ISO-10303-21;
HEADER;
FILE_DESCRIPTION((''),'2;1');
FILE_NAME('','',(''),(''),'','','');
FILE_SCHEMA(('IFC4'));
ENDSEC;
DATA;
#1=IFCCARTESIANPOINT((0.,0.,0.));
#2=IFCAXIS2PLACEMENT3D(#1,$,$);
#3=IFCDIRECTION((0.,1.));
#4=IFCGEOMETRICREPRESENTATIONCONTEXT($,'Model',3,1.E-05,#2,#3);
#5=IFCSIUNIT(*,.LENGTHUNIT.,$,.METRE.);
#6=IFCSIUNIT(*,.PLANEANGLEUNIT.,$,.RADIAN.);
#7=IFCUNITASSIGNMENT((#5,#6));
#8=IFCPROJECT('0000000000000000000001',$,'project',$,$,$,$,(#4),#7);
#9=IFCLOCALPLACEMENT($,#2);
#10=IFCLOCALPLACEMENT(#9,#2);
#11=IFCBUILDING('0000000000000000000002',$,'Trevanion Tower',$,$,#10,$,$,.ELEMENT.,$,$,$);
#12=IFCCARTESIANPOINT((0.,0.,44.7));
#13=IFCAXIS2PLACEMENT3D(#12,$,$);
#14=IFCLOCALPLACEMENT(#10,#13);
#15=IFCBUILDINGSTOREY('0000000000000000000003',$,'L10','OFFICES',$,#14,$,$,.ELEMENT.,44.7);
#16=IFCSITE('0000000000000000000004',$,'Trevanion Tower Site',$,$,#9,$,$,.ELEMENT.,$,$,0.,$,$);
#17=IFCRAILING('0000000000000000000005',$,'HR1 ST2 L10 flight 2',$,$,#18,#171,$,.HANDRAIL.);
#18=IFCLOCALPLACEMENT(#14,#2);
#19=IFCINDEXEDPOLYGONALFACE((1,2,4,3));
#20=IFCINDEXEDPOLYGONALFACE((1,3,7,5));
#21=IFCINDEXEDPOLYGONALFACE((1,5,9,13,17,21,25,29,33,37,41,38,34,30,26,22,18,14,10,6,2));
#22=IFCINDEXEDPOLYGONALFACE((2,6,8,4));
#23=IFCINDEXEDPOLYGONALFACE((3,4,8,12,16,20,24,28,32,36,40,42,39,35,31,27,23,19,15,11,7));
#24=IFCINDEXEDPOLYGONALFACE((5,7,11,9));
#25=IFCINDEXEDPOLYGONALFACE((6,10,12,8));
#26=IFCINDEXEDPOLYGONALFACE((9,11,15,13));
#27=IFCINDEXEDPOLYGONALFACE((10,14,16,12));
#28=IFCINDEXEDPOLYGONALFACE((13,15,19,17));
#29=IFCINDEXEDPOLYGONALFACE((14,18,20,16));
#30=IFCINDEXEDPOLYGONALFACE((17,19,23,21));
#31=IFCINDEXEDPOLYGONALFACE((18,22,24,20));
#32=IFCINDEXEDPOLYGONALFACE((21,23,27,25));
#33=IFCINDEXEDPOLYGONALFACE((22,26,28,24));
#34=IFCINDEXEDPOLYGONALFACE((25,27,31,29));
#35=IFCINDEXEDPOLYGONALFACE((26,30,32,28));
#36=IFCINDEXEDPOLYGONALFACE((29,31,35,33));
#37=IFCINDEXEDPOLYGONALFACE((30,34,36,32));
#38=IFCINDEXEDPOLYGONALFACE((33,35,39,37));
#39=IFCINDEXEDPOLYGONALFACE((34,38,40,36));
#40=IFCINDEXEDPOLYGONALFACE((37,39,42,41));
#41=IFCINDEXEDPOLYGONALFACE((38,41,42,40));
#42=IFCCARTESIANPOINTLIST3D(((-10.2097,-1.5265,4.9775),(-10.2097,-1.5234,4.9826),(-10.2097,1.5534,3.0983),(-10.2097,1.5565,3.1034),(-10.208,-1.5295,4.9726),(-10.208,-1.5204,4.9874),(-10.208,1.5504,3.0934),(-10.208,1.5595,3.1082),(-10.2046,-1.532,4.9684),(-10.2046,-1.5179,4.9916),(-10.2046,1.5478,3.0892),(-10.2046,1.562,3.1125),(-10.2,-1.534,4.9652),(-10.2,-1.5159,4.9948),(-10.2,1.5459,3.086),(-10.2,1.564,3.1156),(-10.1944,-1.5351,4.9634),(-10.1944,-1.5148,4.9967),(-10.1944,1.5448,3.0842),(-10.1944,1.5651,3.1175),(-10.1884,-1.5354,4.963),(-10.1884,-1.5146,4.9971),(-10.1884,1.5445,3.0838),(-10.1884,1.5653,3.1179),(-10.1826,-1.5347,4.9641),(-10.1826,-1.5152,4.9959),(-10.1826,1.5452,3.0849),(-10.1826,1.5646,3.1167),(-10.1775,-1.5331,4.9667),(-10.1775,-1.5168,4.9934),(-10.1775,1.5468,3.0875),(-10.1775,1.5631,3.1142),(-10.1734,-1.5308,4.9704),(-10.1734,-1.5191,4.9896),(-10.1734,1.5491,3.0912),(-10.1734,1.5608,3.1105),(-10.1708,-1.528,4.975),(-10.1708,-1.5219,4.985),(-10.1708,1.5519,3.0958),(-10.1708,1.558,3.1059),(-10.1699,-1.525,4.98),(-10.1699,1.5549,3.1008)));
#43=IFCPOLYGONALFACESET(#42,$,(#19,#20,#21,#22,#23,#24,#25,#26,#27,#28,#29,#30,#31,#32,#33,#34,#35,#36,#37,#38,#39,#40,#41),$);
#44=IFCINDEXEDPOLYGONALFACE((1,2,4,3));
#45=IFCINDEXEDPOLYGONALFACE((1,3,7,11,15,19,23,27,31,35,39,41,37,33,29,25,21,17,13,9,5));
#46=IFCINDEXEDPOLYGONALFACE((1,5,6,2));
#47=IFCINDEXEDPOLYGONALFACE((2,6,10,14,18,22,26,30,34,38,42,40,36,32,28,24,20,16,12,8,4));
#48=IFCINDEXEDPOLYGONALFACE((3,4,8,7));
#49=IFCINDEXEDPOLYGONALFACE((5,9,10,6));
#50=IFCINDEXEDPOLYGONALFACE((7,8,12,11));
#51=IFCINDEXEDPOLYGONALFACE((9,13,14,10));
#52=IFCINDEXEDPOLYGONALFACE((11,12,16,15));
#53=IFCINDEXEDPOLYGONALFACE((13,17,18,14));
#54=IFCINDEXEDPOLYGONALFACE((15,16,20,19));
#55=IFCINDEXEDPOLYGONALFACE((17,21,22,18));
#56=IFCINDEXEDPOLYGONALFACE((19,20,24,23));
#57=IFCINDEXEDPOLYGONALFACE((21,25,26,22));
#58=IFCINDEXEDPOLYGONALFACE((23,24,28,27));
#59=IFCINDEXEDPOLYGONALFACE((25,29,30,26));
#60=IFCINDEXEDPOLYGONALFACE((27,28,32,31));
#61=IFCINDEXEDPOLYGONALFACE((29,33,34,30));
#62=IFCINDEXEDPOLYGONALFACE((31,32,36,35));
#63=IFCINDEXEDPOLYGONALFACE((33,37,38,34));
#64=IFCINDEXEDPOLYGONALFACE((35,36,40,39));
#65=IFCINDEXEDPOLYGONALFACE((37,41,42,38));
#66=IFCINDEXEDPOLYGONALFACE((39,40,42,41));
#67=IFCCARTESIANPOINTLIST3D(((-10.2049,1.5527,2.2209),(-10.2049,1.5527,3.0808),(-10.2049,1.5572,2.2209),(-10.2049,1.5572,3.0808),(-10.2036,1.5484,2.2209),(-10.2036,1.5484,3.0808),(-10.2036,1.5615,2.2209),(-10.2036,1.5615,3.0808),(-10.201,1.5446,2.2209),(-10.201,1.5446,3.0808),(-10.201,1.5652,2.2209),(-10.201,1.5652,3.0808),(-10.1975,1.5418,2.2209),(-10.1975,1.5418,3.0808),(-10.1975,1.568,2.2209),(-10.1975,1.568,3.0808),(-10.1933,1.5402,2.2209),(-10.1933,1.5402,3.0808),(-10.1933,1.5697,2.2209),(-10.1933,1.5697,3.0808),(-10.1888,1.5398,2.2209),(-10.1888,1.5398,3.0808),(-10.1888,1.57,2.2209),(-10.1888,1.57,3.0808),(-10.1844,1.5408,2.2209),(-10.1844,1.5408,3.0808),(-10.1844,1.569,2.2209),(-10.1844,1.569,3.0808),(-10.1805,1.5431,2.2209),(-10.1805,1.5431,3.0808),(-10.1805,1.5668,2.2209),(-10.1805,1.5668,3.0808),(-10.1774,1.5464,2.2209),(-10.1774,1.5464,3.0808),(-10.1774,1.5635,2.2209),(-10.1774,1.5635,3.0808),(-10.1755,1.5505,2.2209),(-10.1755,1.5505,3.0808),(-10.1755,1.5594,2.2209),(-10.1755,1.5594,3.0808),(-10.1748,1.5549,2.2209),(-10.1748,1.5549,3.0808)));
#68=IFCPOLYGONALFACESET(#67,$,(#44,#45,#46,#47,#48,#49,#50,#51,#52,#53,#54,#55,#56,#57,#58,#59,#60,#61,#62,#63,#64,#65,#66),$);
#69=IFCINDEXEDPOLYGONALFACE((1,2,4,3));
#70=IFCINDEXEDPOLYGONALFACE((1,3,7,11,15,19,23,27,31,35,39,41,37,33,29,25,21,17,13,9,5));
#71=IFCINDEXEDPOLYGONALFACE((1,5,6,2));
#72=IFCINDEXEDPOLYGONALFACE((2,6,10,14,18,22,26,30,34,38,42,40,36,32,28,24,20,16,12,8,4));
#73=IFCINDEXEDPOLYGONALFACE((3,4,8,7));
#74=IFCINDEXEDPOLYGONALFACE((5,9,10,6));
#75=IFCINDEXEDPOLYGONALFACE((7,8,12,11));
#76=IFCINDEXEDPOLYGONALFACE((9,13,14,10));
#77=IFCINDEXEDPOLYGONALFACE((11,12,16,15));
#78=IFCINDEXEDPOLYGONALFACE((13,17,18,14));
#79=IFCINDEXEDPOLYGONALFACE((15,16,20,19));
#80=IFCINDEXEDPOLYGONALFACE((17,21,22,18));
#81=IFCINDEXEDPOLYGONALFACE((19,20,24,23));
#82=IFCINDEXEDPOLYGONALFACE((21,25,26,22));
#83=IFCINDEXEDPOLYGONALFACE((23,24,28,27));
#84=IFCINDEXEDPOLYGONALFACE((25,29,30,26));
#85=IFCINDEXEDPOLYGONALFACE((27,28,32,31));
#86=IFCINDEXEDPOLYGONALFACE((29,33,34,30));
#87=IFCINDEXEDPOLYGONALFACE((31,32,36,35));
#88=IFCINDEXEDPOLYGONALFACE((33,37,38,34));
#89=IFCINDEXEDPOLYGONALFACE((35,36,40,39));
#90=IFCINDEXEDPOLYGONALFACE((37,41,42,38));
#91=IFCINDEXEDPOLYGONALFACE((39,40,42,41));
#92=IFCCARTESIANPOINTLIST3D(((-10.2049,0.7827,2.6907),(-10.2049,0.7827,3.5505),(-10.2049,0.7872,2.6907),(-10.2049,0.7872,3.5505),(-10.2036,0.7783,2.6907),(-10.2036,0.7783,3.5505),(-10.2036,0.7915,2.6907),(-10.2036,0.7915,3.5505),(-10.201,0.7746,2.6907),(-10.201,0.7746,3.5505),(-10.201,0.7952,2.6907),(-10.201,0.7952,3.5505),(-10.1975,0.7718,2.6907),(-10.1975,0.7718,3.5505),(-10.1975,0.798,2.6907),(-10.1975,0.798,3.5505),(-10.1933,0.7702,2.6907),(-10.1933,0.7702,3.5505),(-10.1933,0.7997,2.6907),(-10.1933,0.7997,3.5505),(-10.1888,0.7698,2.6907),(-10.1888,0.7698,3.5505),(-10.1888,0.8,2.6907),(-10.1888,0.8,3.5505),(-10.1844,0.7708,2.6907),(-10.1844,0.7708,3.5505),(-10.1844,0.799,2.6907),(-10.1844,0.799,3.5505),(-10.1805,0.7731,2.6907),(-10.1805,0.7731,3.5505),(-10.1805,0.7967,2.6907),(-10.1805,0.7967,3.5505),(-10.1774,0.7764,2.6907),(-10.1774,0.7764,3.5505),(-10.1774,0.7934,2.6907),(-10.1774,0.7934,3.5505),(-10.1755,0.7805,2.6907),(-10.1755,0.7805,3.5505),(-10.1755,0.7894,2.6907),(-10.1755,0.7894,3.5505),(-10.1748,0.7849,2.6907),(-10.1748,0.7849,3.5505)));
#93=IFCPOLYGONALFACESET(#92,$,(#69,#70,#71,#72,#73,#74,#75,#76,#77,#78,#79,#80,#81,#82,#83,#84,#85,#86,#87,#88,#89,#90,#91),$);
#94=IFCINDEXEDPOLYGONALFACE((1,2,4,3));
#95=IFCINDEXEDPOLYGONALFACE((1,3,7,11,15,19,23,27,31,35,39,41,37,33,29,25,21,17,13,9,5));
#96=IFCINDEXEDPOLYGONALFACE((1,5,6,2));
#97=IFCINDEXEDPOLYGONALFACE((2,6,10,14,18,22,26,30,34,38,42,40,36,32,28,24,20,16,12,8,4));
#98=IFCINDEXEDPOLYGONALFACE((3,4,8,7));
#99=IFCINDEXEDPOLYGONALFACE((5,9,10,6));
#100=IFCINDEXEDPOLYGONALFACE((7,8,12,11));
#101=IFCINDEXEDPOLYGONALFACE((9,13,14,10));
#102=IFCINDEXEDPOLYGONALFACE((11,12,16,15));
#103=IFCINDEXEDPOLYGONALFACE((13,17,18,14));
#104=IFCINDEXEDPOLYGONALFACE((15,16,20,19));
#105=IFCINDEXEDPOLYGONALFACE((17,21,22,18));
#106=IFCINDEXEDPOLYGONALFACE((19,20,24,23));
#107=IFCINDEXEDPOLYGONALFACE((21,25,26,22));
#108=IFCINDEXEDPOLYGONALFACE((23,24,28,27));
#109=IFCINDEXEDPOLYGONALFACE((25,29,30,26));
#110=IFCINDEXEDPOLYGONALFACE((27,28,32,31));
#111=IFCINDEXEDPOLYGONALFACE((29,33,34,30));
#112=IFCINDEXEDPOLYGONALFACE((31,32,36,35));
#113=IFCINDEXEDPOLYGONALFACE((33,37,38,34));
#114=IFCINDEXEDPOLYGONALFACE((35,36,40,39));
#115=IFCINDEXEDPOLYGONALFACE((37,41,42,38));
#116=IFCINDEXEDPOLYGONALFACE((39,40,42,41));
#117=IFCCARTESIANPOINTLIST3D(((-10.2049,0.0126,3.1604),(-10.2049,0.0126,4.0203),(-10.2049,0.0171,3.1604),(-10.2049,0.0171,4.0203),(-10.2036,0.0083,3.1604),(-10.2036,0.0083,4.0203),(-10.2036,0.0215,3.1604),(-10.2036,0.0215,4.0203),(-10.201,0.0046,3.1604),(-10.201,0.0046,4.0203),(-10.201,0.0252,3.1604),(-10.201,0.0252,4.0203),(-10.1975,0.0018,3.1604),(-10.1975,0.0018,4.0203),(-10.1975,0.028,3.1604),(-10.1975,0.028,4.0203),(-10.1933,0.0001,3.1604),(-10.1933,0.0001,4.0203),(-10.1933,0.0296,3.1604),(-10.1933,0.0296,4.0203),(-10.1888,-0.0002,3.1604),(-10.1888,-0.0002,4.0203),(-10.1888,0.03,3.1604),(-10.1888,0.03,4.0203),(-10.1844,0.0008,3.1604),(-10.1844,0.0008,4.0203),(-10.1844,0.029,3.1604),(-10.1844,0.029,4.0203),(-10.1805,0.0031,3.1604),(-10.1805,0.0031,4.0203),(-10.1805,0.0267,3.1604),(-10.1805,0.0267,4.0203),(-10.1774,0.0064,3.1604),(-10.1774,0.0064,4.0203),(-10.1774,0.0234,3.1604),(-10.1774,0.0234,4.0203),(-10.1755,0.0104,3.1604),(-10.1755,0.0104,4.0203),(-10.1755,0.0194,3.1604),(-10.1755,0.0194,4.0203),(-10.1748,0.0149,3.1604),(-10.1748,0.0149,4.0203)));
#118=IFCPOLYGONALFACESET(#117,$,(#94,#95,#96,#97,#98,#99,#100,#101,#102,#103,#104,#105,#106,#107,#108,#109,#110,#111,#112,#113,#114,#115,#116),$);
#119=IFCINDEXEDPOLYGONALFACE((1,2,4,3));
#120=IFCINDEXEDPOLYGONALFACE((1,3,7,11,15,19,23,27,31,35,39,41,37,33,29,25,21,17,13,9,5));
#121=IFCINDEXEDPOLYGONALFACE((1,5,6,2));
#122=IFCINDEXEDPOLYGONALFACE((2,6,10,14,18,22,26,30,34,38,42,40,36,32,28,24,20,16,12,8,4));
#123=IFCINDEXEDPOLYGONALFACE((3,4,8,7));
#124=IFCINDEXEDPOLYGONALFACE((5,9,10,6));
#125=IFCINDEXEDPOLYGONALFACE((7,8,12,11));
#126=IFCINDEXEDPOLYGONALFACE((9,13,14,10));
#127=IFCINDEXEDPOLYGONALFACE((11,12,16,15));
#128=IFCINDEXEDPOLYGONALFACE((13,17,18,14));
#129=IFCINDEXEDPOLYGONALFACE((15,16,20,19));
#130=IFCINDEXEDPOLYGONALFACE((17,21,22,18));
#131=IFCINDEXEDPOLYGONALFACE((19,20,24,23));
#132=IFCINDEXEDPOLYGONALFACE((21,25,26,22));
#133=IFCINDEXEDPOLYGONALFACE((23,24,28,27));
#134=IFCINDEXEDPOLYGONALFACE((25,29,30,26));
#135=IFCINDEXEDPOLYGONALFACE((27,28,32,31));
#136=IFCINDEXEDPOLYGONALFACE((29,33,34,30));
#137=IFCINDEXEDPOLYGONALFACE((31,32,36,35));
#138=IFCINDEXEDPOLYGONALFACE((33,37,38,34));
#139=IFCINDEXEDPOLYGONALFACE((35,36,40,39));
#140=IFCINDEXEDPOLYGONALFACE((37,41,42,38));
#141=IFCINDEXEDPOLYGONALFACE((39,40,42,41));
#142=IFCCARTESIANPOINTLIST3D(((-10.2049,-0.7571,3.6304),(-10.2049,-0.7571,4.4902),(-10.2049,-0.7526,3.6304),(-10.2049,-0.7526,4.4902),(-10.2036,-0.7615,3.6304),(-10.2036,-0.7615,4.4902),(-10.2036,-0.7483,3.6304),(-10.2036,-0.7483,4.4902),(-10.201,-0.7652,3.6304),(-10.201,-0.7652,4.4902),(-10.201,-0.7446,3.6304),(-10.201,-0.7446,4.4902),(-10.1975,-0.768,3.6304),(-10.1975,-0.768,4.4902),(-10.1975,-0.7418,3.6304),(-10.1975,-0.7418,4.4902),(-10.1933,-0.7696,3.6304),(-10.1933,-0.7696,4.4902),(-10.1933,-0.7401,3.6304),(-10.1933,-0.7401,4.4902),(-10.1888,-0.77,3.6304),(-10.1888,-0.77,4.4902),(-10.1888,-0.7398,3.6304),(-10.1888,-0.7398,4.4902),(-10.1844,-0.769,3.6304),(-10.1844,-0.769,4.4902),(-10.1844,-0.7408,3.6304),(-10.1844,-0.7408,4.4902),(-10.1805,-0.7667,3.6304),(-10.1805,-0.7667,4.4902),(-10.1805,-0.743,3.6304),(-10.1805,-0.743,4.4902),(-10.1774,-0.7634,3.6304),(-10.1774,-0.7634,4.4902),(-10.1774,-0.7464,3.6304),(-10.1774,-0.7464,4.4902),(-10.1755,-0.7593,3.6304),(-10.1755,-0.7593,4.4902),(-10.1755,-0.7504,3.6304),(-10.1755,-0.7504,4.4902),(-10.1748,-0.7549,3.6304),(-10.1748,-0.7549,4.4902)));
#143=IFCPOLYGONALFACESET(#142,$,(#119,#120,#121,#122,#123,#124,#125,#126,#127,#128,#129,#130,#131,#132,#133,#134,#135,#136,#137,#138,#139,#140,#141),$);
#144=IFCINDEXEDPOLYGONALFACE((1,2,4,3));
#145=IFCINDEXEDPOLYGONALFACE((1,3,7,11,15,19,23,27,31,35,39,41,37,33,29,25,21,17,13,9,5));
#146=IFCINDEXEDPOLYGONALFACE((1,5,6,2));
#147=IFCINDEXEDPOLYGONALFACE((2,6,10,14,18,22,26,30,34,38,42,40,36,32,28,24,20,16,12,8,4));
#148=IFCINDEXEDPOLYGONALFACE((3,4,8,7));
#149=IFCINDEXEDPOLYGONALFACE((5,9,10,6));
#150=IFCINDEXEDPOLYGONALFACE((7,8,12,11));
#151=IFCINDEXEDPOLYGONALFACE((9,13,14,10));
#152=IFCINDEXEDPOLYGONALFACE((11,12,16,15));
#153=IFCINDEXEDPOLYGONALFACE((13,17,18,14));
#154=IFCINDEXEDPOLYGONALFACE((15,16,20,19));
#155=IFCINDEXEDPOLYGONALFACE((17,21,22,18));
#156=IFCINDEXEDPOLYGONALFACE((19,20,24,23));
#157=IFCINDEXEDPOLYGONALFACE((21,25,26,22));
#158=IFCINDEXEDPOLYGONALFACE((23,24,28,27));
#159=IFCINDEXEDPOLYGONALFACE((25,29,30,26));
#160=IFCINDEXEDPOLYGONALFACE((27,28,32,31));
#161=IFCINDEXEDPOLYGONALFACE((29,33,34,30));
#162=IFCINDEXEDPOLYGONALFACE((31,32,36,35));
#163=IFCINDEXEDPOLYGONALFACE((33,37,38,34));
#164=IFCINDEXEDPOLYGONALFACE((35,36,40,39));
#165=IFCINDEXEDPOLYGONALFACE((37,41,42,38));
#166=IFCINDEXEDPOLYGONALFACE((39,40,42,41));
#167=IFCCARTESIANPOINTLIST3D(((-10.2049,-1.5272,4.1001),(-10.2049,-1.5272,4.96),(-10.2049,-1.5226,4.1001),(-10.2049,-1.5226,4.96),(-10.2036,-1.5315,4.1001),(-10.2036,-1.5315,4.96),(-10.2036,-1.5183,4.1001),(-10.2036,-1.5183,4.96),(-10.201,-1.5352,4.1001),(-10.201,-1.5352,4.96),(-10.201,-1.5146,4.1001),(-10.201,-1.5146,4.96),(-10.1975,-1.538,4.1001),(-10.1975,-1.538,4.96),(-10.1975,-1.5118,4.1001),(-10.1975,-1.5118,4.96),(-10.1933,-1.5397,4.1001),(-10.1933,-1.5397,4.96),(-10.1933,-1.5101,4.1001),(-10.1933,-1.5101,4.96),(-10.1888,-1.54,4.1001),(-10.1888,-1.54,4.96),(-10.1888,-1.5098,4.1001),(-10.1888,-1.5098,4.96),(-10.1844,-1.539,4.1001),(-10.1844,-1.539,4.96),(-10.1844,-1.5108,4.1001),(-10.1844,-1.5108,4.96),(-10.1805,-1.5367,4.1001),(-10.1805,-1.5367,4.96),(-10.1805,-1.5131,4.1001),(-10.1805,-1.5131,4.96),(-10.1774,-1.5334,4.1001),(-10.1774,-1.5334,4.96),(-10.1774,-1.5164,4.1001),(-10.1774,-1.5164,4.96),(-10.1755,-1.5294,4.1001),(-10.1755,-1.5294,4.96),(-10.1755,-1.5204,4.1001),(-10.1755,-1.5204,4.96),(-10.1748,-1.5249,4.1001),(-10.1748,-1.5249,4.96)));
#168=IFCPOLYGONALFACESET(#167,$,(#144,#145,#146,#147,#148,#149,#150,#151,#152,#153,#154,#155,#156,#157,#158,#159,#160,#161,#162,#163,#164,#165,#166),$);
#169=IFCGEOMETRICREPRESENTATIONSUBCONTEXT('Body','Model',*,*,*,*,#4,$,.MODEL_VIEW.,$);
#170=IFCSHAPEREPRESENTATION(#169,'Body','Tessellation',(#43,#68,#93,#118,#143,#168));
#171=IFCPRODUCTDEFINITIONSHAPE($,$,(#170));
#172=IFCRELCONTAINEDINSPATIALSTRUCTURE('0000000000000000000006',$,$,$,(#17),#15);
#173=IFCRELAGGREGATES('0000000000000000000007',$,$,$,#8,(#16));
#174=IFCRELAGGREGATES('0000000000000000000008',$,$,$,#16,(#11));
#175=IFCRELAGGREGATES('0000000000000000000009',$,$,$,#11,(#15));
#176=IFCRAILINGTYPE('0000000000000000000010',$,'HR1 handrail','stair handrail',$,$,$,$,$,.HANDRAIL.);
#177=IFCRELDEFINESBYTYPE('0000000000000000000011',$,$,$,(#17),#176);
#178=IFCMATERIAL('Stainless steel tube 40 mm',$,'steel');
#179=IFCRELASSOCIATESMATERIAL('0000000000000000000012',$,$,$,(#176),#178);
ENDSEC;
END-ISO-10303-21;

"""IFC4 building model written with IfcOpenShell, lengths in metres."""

from ifc_helpers import new_model, si_unit, direction, frame, origin, origin_2d, place, context, subcontext, project, spatial, circle, extrude, material, type_object, element, save


model = new_model("IFC4")

# Units and contexts
model_context = context("Model", 3, precision=1e-05, world=origin(), true_north=direction((0.0, 1.0)))
body_context = subcontext(model_context, "Body", "Model", "MODEL_VIEW")
ifc_project = project(units=[si_unit("LENGTHUNIT", "METRE"), si_unit("PLANEANGLEUNIT", "RADIAN")], contexts=[model_context])

# Site, building, storey
site_placement = place(None, origin())
site = spatial("IfcSite", under=ifc_project, at=site_placement, Name="Trevanion Tower Site", CompositionType="ELEMENT", RefElevation=0.0)
building_placement = place(site_placement, origin())
building = spatial("IfcBuilding", under=site, at=building_placement, Name="Trevanion Tower", CompositionType="ELEMENT")
storey_placement = place(building_placement, frame((0.0, 0.0, 44.7)))
storey = spatial("IfcBuildingStorey", under=building, at=storey_placement, Name="L10", Description="OFFICES", CompositionType="ELEMENT", Elevation=44.7)

# Railing
ifc_material_1 = material(Name="Stainless steel tube 40 mm", Category="steel")
railing_type = type_object("IfcRailingType", Name="HR1 handrail", Description="stair handrail", PredefinedType="HANDRAIL", material=ifc_material_1)
for number, where, name in (
    (1, (-10.1899, 1.5549, 2.2209), "HR1 ST2 L10 flight 2"),
):
    element("IfcRailing", number, at=place(storey_placement, frame(where)), inside=storey, type_object=railing_type, Name=name, PredefinedType="HANDRAIL", context=body_context, shape_type="SweptSolid", body=[
        extrude(circle(Radius=0.02, at=origin_2d()), frame((0.0, 0.0, 0.8799), z_axis=(0.0, -0.853648, 0.52085), x_axis=(1.0, 0.0, 0.0)), (0.0, 0.0, 1.0), 3.6079),
        extrude(circle(Radius=0.0151, at=origin_2d()), origin(), (0.0, 0.0, 1.0), 0.8599),
        extrude(circle(Radius=0.0151, at=origin_2d()), frame((0.0, -0.77, 0.4697)), (0.0, 0.0, 1.0), 0.8599),
        extrude(circle(Radius=0.0151, at=origin_2d()), frame((0.0, -1.54, 0.9395)), (0.0, 0.0, 1.0), 0.8599),
        extrude(circle(Radius=0.0151, at=origin_2d()), frame((0.0, -2.3098, 1.4094)), (0.0, 0.0, 1.0), 0.8599),
        extrude(circle(Radius=0.0151, at=origin_2d()), frame((0.0, -3.0798, 1.8792)), (0.0, 0.0, 1.0), 0.8599),
    ])

save(model, "model.ifc")
